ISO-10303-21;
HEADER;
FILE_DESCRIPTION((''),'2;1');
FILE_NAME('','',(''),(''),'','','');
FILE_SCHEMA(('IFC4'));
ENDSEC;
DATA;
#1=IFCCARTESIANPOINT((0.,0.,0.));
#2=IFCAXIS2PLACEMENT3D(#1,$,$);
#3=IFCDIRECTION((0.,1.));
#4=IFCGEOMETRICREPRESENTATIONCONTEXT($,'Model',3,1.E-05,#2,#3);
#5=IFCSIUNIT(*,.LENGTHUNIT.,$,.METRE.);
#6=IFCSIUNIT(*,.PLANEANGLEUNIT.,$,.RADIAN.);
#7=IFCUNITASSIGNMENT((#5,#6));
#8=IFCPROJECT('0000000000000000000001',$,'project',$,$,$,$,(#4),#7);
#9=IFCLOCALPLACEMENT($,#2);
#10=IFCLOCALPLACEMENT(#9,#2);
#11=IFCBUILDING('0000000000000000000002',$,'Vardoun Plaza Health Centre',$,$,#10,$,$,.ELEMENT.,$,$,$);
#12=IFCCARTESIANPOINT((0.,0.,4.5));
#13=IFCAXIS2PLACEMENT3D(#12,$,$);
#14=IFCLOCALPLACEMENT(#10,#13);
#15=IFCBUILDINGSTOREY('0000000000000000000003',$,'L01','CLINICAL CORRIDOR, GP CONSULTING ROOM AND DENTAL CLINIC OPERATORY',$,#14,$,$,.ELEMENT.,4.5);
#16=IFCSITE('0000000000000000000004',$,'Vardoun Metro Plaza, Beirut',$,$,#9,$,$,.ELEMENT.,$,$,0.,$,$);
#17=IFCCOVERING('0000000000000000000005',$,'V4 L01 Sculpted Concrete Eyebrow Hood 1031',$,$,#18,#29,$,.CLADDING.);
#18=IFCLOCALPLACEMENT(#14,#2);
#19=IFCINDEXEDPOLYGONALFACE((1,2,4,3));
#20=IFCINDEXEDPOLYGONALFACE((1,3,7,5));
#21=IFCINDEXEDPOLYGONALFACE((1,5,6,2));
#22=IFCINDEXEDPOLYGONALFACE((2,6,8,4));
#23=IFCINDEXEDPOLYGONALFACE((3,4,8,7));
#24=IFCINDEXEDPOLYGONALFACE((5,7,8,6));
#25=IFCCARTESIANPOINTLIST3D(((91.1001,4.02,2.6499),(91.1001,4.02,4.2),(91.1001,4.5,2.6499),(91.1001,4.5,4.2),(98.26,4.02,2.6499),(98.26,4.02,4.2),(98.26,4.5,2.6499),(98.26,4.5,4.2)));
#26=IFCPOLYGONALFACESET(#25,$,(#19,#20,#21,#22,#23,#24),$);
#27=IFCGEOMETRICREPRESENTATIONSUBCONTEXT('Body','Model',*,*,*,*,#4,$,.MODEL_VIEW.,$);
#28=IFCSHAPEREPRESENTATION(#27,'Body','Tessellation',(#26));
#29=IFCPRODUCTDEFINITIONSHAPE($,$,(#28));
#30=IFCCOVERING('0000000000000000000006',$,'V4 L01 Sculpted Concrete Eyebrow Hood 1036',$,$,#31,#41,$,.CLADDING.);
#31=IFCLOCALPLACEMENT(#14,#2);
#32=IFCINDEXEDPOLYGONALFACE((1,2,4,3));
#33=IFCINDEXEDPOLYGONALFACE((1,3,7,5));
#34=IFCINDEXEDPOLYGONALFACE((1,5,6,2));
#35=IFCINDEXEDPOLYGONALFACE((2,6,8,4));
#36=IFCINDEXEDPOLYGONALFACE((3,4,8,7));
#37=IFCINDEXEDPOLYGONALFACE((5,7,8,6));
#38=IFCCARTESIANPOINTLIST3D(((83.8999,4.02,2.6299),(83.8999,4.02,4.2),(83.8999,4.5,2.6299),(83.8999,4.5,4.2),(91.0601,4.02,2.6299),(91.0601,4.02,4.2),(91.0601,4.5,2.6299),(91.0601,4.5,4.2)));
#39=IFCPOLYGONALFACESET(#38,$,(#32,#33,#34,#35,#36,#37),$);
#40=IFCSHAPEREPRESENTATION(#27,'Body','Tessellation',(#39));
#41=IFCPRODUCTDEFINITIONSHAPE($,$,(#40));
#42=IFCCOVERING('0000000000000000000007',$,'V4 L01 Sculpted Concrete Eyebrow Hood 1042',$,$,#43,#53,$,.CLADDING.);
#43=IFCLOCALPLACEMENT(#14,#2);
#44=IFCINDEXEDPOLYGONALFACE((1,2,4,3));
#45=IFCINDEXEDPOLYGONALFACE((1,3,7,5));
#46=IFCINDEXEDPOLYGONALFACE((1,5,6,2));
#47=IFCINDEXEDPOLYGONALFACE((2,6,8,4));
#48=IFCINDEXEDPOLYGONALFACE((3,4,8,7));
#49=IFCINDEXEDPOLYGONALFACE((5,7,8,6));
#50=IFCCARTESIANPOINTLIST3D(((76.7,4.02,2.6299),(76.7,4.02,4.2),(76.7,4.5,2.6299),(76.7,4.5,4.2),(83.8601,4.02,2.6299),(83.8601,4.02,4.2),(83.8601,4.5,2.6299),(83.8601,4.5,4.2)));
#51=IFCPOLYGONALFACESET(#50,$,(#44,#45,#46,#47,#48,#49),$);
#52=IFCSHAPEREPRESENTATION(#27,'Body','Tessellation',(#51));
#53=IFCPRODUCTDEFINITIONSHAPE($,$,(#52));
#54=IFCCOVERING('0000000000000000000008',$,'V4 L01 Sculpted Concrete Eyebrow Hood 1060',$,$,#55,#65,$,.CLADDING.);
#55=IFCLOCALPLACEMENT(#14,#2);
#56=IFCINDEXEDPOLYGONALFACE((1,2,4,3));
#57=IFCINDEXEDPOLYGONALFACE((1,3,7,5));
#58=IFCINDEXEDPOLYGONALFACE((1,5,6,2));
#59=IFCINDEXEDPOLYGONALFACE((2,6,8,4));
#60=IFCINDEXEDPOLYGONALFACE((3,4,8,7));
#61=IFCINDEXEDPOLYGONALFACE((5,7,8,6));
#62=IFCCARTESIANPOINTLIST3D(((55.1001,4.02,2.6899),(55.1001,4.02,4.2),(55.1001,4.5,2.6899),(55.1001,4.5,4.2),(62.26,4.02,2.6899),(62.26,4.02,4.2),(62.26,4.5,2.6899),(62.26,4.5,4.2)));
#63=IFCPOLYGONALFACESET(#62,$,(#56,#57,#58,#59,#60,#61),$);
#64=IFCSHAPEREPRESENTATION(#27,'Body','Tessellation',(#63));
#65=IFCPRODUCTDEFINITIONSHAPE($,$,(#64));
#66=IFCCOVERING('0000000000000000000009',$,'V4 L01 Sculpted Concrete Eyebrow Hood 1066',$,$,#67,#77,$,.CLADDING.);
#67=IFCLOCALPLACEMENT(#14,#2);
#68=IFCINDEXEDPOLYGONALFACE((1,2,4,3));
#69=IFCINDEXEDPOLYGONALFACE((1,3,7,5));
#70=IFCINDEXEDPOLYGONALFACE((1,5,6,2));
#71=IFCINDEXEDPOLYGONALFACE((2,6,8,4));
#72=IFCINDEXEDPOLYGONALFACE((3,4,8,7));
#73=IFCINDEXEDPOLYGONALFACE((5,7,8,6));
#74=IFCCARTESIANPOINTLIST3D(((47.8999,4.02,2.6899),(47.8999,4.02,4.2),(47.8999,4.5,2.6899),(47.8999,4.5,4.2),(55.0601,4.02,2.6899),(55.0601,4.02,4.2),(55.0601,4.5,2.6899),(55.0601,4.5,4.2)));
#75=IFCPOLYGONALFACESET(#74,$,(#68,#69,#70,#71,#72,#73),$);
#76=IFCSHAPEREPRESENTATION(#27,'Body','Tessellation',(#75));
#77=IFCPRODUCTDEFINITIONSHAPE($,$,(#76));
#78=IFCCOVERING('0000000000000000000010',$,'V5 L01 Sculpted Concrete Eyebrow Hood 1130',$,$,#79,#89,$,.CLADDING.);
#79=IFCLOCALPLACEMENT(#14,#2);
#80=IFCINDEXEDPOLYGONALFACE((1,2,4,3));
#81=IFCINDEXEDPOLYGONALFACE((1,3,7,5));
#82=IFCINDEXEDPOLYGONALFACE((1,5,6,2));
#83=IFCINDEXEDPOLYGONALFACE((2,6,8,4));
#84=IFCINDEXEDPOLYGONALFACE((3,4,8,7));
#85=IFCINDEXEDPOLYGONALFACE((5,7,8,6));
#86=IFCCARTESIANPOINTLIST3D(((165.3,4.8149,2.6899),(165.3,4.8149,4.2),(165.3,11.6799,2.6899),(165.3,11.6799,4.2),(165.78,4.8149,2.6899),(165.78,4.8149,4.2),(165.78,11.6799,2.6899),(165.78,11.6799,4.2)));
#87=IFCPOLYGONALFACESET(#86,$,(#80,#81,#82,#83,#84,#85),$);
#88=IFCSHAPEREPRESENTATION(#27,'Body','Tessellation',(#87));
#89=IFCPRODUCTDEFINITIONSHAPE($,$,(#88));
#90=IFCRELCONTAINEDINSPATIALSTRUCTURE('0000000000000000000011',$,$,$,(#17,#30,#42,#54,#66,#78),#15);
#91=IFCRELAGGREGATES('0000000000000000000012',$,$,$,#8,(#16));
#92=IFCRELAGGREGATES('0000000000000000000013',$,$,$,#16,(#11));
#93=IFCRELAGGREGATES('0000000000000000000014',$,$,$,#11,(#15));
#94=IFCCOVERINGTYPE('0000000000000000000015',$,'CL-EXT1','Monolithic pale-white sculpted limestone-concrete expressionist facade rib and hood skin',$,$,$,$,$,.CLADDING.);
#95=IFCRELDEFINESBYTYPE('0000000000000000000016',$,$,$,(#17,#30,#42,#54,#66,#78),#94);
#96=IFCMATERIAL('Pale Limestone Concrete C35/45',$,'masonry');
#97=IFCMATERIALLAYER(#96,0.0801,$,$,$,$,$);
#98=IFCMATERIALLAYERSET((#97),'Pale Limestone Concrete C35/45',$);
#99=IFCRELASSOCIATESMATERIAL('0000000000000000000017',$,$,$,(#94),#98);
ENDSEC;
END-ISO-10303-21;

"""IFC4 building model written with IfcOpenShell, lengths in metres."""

from ifc_helpers import new_model, si_unit, direction, frame, origin, place, context, subcontext, project, spatial, polyline, outline, extrude, material, layer, layer_set, type_object, element, save


model = new_model("IFC4")

# Units and contexts
model_context = context("Model", 3, precision=1e-05, world=origin(), true_north=direction((0.0, 1.0)))
body_context = subcontext(model_context, "Body", "Model", "MODEL_VIEW")
ifc_project = project(units=[si_unit("LENGTHUNIT", "METRE"), si_unit("PLANEANGLEUNIT", "RADIAN")], contexts=[model_context])

# Site, building, storey
site_placement = place(None, origin())
site = spatial("IfcSite", under=ifc_project, at=site_placement, Name="Vardoun Metro Plaza, Beirut", CompositionType="ELEMENT", RefElevation=0.0)
building_placement = place(site_placement, origin())
building = spatial("IfcBuilding", under=site, at=building_placement, Name="Vardoun Plaza Health Centre", CompositionType="ELEMENT")
storey_placement = place(building_placement, frame((0.0, 0.0, 4.5)))
storey = spatial("IfcBuildingStorey", under=building, at=storey_placement, Name="L01", Description="CLINICAL CORRIDOR, GP CONSULTING ROOM AND DENTAL CLINIC OPERATORY", CompositionType="ELEMENT", Elevation=4.5)

# Coverings
ifc_material_1 = material(Name="Pale Limestone Concrete C35/45", Category="masonry")
ifc_layer_1 = layer(ifc_material_1, 0.0801)
ifc_layer_set_1 = layer_set([ifc_layer_1], Name="Pale Limestone Concrete C35/45")
covering_type = type_object("IfcCoveringType", Name="CL-EXT1", Description="Monolithic pale-white sculpted limestone-concrete expressionist facade rib and hood skin", PredefinedType="CLADDING", material=ifc_layer_set_1)
covering_1_placement = place(storey_placement, frame((0.0, 0.0, 2.6499)))
element("IfcCovering", 1, at=covering_1_placement, inside=storey, type_object=covering_type, Name="V4 L01 Sculpted Concrete Eyebrow Hood 1031", PredefinedType="CLADDING", context=body_context, shape_type="SweptSolid", body=[
    extrude(outline(polyline([(98.26, 4.5), (91.1001, 4.5), (91.1001, 4.02), (98.26, 4.02), (98.26, 4.5)])), origin(), (0.0, 0.0, 1.0), 1.55),
])
covering_2_placement = place(storey_placement, frame((0.0, 0.0, 2.6299)))
element("IfcCovering", 2, at=covering_2_placement, inside=storey, type_object=covering_type, Name="V4 L01 Sculpted Concrete Eyebrow Hood 1036", PredefinedType="CLADDING", context=body_context, shape_type="SweptSolid", body=[
    extrude(outline(polyline([(91.0601, 4.5), (83.8999, 4.5), (83.8999, 4.02), (91.0601, 4.02), (91.0601, 4.5)])), origin(), (0.0, 0.0, 1.0), 1.5701),
])
covering_3_placement = place(storey_placement, frame((0.0, 0.0, 2.6299)))
element("IfcCovering", 3, at=covering_3_placement, inside=storey, type_object=covering_type, Name="V4 L01 Sculpted Concrete Eyebrow Hood 1042", PredefinedType="CLADDING", context=body_context, shape_type="SweptSolid", body=[
    extrude(outline(polyline([(83.8601, 4.5), (76.7, 4.5), (76.7, 4.02), (83.8601, 4.02), (83.8601, 4.5)])), origin(), (0.0, 0.0, 1.0), 1.5701),
])
covering_4_placement = place(storey_placement, frame((0.0, 0.0, 2.6899)))
element("IfcCovering", 4, at=covering_4_placement, inside=storey, type_object=covering_type, Name="V4 L01 Sculpted Concrete Eyebrow Hood 1060", PredefinedType="CLADDING", context=body_context, shape_type="SweptSolid", body=[
    extrude(outline(polyline([(62.26, 4.5), (55.1001, 4.5), (55.1001, 4.02), (62.26, 4.02), (62.26, 4.5)])), origin(), (0.0, 0.0, 1.0), 1.51),
])
covering_5_placement = place(storey_placement, frame((0.0, 0.0, 2.6899)))
element("IfcCovering", 5, at=covering_5_placement, inside=storey, type_object=covering_type, Name="V4 L01 Sculpted Concrete Eyebrow Hood 1066", PredefinedType="CLADDING", context=body_context, shape_type="SweptSolid", body=[
    extrude(outline(polyline([(55.0601, 4.5), (47.8999, 4.5), (47.8999, 4.02), (55.0601, 4.02), (55.0601, 4.5)])), origin(), (0.0, 0.0, 1.0), 1.51),
])
covering_6_placement = place(storey_placement, frame((0.0, 0.0, 2.6899)))
element("IfcCovering", 6, at=covering_6_placement, inside=storey, type_object=covering_type, Name="V5 L01 Sculpted Concrete Eyebrow Hood 1130", PredefinedType="CLADDING", context=body_context, shape_type="SweptSolid", body=[
    extrude(outline(polyline([(165.3, 11.6799), (165.3, 4.8149), (165.78, 4.8149), (165.78, 11.6799), (165.3, 11.6799)])), origin(), (0.0, 0.0, 1.0), 1.51),
])

save(model, "model.ifc")
